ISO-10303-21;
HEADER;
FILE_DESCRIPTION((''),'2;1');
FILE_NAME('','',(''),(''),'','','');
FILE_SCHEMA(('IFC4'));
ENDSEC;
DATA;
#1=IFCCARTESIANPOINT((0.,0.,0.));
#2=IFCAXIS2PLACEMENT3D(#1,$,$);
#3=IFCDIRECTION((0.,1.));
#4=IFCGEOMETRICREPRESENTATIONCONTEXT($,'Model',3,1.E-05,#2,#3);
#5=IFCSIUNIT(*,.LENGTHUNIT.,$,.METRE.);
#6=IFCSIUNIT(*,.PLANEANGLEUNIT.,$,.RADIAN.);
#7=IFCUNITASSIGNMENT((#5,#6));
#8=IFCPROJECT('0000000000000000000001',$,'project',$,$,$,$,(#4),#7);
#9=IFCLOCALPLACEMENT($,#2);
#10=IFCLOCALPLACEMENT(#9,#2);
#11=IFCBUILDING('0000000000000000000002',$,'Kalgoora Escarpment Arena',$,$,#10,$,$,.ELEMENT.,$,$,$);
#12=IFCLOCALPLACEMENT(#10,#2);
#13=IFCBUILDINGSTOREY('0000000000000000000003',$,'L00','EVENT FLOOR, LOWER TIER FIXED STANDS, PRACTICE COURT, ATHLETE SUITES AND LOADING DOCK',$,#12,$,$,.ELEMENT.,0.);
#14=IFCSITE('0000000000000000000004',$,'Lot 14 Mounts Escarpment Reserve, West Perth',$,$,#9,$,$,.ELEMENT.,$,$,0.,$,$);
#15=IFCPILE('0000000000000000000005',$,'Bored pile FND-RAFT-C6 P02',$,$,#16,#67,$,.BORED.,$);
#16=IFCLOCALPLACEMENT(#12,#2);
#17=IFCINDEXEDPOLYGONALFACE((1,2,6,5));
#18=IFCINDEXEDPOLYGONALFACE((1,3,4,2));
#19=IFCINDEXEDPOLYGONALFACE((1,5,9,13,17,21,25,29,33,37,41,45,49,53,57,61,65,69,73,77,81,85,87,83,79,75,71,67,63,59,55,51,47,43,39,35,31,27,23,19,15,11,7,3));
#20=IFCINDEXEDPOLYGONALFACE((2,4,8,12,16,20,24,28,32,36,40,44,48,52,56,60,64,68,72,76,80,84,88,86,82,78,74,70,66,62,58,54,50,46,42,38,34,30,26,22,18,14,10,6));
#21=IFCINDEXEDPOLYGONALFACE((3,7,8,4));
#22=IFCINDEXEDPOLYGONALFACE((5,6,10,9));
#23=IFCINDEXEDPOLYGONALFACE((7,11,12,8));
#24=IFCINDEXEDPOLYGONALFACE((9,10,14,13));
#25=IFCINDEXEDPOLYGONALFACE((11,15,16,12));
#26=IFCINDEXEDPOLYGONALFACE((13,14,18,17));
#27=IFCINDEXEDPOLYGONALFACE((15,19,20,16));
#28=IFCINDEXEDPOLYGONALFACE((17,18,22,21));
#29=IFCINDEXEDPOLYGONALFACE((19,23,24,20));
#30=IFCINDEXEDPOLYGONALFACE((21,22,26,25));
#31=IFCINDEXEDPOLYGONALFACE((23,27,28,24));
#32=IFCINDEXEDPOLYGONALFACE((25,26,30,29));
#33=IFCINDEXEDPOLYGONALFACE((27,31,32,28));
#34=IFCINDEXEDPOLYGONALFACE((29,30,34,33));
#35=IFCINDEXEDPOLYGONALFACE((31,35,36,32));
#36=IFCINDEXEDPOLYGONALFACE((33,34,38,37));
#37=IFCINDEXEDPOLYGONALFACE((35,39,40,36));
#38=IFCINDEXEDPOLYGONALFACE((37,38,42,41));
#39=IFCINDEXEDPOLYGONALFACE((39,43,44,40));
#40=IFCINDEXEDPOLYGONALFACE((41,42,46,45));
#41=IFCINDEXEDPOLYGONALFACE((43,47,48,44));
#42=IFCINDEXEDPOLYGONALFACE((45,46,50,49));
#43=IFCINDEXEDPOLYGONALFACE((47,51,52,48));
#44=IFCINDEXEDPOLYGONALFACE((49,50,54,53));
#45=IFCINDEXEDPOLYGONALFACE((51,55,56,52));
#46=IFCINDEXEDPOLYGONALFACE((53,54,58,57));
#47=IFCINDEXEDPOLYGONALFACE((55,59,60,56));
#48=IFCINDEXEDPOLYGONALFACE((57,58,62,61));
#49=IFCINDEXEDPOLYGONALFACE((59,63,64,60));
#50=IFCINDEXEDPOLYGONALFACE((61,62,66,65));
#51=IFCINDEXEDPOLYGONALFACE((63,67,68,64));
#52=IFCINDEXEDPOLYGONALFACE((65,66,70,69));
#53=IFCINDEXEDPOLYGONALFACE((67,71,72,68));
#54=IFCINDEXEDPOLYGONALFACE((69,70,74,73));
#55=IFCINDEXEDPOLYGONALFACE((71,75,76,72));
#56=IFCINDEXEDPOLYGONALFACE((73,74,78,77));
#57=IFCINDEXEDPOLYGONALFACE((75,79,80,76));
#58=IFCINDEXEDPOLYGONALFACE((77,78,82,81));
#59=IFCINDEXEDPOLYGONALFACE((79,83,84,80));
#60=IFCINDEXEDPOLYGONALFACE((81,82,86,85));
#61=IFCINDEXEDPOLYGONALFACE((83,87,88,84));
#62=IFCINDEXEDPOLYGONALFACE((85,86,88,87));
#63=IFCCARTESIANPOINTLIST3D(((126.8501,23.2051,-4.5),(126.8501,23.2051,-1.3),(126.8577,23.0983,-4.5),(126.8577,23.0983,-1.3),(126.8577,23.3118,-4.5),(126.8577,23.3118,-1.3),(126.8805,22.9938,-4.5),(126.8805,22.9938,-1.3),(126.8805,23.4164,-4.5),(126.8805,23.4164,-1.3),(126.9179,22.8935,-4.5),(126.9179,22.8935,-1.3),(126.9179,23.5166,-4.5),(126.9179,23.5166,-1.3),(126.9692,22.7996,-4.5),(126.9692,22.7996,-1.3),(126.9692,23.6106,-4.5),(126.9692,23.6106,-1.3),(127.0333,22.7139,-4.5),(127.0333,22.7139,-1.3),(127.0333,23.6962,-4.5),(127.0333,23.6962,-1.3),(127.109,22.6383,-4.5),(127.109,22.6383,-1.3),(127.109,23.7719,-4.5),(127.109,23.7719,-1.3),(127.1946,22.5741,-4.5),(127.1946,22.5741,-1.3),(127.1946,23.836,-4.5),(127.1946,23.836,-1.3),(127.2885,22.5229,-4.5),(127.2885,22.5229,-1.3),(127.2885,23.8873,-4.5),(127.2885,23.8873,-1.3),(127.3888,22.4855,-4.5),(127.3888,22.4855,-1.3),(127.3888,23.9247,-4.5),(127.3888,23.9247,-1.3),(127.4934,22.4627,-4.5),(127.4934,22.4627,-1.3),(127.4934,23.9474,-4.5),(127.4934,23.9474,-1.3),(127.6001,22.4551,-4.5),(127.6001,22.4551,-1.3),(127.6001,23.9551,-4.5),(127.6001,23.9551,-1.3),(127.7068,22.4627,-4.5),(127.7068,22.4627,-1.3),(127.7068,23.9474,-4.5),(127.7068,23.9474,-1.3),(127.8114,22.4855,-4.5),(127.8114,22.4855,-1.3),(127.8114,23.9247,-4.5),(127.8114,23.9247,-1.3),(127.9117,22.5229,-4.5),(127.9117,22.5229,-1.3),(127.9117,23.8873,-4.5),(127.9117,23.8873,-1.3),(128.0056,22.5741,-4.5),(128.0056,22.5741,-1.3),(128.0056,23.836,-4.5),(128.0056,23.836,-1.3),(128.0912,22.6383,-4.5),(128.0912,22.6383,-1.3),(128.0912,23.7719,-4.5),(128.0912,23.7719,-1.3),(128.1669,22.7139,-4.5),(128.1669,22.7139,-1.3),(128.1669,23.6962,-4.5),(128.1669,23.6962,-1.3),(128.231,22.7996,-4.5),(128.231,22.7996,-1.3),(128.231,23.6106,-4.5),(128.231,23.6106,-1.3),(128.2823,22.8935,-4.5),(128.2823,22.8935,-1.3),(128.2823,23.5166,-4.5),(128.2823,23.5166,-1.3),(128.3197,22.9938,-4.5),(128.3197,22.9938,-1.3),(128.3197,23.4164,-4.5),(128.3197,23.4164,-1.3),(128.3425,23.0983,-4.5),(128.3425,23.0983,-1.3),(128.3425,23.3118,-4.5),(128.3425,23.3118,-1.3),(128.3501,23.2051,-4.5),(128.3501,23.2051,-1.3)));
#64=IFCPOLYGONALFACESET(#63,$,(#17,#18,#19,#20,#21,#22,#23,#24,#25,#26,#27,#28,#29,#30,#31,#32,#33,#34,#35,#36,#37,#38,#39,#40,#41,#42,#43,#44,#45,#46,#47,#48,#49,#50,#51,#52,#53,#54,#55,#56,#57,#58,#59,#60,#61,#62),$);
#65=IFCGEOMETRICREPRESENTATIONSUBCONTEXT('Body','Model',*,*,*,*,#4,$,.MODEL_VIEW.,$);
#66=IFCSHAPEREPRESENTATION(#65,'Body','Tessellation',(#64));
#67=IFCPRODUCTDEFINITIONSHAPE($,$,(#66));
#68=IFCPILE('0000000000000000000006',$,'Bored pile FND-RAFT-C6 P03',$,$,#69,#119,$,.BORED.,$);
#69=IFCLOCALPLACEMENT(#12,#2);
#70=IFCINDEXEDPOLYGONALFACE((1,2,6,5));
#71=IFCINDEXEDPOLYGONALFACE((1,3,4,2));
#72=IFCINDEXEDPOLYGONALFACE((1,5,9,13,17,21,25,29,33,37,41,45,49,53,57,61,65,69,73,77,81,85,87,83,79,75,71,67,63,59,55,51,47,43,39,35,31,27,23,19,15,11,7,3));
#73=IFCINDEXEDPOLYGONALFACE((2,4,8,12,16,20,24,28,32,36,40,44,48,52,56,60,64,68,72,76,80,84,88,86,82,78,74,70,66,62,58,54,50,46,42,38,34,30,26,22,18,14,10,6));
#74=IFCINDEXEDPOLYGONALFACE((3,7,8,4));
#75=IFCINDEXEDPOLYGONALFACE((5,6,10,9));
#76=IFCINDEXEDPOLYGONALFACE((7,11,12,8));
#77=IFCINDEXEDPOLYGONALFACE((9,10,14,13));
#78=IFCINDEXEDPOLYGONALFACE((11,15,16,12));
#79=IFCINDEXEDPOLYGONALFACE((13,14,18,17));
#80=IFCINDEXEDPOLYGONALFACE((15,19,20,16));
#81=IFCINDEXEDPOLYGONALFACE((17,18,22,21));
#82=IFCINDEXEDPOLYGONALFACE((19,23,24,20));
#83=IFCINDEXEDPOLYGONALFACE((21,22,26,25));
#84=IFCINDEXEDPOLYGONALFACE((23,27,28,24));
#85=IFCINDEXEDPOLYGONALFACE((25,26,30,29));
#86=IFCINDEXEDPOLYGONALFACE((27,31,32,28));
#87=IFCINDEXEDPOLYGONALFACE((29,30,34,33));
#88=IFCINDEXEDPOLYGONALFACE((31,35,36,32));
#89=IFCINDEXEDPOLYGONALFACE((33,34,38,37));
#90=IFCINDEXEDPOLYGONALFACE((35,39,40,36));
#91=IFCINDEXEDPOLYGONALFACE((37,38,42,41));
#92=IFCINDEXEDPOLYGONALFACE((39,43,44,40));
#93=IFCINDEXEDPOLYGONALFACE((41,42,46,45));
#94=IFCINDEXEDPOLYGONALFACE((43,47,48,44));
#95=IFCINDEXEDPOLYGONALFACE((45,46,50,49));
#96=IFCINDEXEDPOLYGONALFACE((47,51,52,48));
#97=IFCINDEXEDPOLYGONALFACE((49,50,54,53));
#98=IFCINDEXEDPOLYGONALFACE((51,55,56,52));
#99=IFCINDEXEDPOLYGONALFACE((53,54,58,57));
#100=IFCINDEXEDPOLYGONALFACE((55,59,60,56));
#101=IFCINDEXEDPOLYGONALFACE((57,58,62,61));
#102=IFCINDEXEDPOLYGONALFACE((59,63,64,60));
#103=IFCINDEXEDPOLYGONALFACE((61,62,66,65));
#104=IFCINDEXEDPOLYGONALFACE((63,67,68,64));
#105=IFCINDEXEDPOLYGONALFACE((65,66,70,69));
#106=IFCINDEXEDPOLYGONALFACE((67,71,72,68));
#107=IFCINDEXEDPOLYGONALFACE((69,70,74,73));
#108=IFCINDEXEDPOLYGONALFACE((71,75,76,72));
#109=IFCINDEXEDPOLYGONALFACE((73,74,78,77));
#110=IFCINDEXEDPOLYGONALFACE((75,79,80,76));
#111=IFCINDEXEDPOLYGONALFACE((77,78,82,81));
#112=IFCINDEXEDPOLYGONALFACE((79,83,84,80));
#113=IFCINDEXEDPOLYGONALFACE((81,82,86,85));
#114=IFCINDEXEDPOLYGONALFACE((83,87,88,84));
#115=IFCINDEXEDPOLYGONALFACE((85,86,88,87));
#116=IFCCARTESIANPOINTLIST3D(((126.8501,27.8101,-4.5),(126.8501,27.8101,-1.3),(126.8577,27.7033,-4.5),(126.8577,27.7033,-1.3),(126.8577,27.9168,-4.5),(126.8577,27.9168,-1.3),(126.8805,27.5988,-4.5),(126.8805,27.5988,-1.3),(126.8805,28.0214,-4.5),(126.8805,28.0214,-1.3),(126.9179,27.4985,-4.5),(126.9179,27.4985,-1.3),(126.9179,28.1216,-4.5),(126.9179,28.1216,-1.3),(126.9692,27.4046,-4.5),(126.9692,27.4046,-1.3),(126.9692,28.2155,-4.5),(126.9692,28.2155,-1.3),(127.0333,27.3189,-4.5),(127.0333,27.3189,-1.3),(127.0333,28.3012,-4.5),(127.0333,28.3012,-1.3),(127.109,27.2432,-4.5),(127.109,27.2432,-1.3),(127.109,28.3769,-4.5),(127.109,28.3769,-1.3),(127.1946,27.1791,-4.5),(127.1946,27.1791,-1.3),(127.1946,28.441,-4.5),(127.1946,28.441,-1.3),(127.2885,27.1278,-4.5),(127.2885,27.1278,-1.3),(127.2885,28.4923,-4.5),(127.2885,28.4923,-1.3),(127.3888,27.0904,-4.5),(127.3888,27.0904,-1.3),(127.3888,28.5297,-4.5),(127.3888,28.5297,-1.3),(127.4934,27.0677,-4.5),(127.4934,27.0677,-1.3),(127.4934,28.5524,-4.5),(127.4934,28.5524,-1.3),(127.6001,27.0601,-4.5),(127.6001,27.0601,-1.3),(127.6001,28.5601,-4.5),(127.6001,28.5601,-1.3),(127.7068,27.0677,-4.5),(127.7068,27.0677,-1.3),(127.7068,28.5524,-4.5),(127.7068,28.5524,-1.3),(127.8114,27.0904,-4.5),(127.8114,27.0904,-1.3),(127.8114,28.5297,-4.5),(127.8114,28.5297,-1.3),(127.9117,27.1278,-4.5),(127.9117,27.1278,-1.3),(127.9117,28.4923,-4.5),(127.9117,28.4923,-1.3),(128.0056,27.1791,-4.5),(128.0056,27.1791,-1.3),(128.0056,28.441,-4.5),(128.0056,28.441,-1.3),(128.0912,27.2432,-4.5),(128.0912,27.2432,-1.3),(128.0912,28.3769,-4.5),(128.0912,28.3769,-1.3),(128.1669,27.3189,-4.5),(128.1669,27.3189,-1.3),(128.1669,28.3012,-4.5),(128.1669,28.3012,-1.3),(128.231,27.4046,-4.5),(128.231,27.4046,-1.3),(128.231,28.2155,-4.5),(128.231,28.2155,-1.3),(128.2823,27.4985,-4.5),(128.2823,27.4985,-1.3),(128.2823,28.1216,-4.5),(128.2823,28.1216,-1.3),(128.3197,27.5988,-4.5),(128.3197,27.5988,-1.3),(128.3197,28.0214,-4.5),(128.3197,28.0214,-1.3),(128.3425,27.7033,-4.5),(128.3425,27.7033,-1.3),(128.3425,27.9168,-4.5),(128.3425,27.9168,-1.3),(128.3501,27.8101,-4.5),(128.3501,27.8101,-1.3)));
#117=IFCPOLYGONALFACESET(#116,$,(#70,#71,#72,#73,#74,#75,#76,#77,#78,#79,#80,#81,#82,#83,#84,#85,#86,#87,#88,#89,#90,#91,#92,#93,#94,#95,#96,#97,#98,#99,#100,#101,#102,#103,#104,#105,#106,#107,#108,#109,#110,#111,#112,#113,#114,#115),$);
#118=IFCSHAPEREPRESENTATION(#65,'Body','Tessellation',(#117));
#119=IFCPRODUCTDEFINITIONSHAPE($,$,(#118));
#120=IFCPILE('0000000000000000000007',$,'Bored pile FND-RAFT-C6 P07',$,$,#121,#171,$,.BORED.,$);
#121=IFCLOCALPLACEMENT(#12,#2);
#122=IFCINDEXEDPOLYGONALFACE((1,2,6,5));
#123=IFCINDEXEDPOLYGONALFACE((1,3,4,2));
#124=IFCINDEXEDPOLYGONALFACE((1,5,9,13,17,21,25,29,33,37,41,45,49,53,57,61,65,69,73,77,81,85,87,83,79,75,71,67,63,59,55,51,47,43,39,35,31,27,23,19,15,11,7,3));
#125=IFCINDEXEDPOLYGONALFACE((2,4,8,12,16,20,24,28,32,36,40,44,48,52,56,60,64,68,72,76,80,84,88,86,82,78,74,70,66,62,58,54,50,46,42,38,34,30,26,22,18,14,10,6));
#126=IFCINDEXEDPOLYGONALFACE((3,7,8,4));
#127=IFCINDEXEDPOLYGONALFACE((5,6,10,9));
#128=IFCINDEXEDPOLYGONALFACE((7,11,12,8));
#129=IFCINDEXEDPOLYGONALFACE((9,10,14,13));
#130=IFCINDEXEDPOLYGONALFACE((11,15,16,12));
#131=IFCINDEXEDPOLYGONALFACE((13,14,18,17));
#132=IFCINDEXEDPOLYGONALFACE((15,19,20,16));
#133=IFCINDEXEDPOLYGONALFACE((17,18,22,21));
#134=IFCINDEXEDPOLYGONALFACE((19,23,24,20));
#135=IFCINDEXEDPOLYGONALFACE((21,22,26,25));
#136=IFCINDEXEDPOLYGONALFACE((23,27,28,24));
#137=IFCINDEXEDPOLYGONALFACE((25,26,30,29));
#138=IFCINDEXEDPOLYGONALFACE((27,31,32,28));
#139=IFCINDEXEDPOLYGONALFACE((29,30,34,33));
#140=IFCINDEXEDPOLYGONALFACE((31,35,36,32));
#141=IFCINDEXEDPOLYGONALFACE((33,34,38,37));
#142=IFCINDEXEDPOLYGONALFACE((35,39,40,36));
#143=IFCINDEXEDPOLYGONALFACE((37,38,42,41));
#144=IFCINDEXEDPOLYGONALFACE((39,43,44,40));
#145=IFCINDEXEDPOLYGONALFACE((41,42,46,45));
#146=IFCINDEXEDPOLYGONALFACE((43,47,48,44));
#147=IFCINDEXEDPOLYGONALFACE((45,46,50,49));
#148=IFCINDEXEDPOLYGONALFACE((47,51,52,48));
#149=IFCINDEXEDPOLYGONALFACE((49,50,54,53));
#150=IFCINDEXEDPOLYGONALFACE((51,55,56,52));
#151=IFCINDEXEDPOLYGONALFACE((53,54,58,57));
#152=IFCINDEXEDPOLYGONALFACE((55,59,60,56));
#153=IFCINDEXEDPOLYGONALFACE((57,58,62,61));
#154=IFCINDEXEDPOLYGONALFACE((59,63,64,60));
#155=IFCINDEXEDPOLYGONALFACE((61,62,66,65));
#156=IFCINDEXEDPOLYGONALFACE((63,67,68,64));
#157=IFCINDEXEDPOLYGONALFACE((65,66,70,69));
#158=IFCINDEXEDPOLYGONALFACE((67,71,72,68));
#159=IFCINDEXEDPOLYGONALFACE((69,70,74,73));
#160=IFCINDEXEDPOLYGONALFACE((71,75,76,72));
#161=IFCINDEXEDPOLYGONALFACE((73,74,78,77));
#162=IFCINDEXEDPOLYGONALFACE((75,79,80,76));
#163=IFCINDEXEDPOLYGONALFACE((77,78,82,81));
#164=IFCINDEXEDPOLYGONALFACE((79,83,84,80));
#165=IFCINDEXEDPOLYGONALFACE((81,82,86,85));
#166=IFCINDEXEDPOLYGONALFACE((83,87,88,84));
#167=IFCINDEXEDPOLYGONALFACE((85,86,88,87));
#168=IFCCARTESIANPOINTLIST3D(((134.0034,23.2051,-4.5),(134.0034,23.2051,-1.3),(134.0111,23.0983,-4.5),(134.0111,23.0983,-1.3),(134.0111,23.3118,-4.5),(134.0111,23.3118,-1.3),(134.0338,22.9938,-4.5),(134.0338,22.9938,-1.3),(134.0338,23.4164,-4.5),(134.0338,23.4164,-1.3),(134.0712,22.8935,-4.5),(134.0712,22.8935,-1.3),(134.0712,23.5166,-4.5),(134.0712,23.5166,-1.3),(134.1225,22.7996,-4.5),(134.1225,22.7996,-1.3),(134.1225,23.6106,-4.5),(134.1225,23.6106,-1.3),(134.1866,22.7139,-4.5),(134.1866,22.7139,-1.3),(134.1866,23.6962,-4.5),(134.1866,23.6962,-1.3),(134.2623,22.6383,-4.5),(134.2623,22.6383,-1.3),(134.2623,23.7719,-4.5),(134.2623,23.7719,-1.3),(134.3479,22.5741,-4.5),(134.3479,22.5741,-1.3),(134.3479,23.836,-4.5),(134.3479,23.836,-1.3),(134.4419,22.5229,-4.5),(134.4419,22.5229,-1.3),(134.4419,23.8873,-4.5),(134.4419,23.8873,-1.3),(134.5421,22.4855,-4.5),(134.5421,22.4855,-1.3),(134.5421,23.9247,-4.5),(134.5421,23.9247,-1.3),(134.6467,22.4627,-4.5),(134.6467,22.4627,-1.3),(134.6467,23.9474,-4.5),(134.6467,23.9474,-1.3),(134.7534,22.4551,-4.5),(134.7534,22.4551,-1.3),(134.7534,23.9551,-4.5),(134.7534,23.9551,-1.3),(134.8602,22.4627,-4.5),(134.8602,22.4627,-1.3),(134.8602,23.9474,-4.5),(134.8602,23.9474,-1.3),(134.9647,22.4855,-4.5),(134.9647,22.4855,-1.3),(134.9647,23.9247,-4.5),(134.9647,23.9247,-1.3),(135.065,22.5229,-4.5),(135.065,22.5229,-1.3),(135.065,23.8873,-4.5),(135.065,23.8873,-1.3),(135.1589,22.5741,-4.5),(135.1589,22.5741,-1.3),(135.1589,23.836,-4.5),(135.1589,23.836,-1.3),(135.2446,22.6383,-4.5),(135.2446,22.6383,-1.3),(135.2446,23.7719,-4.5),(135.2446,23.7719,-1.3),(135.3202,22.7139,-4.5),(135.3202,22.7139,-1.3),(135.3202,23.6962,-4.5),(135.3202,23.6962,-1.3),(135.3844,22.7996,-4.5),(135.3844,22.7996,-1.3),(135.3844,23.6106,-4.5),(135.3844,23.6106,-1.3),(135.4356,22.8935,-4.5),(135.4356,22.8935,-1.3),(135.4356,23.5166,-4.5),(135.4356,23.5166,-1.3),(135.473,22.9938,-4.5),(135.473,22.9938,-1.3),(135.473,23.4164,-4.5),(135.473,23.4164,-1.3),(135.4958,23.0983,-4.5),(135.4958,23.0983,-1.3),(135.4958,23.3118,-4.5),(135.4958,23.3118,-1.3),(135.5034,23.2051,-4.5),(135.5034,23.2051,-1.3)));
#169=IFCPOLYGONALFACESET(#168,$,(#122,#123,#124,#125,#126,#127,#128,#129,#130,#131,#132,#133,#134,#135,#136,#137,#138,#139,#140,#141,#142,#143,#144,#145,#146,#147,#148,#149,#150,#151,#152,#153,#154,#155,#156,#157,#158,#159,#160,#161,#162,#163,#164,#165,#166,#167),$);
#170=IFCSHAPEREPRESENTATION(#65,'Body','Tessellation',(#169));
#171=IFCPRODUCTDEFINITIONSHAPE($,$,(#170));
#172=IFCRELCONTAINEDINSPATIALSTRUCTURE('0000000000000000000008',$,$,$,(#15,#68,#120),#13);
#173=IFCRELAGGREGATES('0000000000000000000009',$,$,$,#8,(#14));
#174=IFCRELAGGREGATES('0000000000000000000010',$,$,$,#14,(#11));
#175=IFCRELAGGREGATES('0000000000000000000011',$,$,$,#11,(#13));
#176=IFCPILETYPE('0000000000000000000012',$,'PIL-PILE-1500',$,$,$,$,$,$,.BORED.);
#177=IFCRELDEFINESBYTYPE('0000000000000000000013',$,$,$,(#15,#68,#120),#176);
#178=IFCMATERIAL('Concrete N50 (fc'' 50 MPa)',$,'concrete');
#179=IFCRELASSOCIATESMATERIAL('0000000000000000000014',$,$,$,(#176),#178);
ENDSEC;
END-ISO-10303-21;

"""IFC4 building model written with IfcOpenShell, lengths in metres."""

from ifc_helpers import new_model, si_unit, direction, frame, origin, origin_2d, place, context, subcontext, project, spatial, circle, extrude, material, material_profile, profile_set, type_object, element, save


model = new_model("IFC4")

# Units and contexts
model_context = context("Model", 3, precision=1e-05, world=origin(), true_north=direction((0.0, 1.0)))
body_context = subcontext(model_context, "Body", "Model", "MODEL_VIEW")
ifc_project = project(units=[si_unit("LENGTHUNIT", "METRE"), si_unit("PLANEANGLEUNIT", "RADIAN")], contexts=[model_context])

# Site, building, storey
site_placement = place(None, origin())
site = spatial("IfcSite", under=ifc_project, at=site_placement, Name="Lot 14 Mounts Escarpment Reserve, West Perth", CompositionType="ELEMENT", RefElevation=0.0)
building_placement = place(site_placement, origin())
building = spatial("IfcBuilding", under=site, at=building_placement, Name="Kalgoora Escarpment Arena", CompositionType="ELEMENT")
storey_placement = place(building_placement, origin())
storey = spatial("IfcBuildingStorey", under=building, at=storey_placement, Name="L00", Description="EVENT FLOOR, LOWER TIER FIXED STANDS, PRACTICE COURT, ATHLETE SUITES AND LOADING DOCK", CompositionType="ELEMENT", Elevation=0.0)

# Piles
ifc_material_1 = material(Name="Concrete N50 (fc' 50 MPa)", Category="concrete")
ifc_material_profile_1 = material_profile(ifc_material_1, circle(Radius=0.75, at=origin_2d()))
ifc_profile_set_1 = profile_set([ifc_material_profile_1], Name="Concrete N50 (fc' 50 MPa)")
pile_type_1 = type_object("IfcPileType", Name="PIL-PILE-1500", PredefinedType="BORED", material=ifc_profile_set_1)
for number, where, z_axis, x_axis, name in (
    (1, (127.6001, 23.2051, -1.3), (0.0, 0.0, -1.0), (1.0, 0.0, 0.0), "Bored pile FND-RAFT-C6 P02"),
    (2, (127.6001, 27.8101, -1.3), (0.0, 0.0, -1.0), (1.0, 0.0, 0.0), "Bored pile FND-RAFT-C6 P03"),
    (3, (134.7534, 23.2051, -1.3), (0.0, 0.0, -1.0), (1.0, 0.0, 0.0), "Bored pile FND-RAFT-C6 P07"),
):
    element("IfcPile", number, at=place(storey_placement, frame(where, z_axis=z_axis, x_axis=x_axis)), inside=storey, type_object=pile_type_1, Name=name, PredefinedType="BORED", context=body_context, shape_type="SweptSolid", body=[
        extrude(circle(Radius=0.75, at=origin_2d()), origin(), (0.0, 0.0, 1.0), 3.2),
    ])

save(model, "model.ifc")
